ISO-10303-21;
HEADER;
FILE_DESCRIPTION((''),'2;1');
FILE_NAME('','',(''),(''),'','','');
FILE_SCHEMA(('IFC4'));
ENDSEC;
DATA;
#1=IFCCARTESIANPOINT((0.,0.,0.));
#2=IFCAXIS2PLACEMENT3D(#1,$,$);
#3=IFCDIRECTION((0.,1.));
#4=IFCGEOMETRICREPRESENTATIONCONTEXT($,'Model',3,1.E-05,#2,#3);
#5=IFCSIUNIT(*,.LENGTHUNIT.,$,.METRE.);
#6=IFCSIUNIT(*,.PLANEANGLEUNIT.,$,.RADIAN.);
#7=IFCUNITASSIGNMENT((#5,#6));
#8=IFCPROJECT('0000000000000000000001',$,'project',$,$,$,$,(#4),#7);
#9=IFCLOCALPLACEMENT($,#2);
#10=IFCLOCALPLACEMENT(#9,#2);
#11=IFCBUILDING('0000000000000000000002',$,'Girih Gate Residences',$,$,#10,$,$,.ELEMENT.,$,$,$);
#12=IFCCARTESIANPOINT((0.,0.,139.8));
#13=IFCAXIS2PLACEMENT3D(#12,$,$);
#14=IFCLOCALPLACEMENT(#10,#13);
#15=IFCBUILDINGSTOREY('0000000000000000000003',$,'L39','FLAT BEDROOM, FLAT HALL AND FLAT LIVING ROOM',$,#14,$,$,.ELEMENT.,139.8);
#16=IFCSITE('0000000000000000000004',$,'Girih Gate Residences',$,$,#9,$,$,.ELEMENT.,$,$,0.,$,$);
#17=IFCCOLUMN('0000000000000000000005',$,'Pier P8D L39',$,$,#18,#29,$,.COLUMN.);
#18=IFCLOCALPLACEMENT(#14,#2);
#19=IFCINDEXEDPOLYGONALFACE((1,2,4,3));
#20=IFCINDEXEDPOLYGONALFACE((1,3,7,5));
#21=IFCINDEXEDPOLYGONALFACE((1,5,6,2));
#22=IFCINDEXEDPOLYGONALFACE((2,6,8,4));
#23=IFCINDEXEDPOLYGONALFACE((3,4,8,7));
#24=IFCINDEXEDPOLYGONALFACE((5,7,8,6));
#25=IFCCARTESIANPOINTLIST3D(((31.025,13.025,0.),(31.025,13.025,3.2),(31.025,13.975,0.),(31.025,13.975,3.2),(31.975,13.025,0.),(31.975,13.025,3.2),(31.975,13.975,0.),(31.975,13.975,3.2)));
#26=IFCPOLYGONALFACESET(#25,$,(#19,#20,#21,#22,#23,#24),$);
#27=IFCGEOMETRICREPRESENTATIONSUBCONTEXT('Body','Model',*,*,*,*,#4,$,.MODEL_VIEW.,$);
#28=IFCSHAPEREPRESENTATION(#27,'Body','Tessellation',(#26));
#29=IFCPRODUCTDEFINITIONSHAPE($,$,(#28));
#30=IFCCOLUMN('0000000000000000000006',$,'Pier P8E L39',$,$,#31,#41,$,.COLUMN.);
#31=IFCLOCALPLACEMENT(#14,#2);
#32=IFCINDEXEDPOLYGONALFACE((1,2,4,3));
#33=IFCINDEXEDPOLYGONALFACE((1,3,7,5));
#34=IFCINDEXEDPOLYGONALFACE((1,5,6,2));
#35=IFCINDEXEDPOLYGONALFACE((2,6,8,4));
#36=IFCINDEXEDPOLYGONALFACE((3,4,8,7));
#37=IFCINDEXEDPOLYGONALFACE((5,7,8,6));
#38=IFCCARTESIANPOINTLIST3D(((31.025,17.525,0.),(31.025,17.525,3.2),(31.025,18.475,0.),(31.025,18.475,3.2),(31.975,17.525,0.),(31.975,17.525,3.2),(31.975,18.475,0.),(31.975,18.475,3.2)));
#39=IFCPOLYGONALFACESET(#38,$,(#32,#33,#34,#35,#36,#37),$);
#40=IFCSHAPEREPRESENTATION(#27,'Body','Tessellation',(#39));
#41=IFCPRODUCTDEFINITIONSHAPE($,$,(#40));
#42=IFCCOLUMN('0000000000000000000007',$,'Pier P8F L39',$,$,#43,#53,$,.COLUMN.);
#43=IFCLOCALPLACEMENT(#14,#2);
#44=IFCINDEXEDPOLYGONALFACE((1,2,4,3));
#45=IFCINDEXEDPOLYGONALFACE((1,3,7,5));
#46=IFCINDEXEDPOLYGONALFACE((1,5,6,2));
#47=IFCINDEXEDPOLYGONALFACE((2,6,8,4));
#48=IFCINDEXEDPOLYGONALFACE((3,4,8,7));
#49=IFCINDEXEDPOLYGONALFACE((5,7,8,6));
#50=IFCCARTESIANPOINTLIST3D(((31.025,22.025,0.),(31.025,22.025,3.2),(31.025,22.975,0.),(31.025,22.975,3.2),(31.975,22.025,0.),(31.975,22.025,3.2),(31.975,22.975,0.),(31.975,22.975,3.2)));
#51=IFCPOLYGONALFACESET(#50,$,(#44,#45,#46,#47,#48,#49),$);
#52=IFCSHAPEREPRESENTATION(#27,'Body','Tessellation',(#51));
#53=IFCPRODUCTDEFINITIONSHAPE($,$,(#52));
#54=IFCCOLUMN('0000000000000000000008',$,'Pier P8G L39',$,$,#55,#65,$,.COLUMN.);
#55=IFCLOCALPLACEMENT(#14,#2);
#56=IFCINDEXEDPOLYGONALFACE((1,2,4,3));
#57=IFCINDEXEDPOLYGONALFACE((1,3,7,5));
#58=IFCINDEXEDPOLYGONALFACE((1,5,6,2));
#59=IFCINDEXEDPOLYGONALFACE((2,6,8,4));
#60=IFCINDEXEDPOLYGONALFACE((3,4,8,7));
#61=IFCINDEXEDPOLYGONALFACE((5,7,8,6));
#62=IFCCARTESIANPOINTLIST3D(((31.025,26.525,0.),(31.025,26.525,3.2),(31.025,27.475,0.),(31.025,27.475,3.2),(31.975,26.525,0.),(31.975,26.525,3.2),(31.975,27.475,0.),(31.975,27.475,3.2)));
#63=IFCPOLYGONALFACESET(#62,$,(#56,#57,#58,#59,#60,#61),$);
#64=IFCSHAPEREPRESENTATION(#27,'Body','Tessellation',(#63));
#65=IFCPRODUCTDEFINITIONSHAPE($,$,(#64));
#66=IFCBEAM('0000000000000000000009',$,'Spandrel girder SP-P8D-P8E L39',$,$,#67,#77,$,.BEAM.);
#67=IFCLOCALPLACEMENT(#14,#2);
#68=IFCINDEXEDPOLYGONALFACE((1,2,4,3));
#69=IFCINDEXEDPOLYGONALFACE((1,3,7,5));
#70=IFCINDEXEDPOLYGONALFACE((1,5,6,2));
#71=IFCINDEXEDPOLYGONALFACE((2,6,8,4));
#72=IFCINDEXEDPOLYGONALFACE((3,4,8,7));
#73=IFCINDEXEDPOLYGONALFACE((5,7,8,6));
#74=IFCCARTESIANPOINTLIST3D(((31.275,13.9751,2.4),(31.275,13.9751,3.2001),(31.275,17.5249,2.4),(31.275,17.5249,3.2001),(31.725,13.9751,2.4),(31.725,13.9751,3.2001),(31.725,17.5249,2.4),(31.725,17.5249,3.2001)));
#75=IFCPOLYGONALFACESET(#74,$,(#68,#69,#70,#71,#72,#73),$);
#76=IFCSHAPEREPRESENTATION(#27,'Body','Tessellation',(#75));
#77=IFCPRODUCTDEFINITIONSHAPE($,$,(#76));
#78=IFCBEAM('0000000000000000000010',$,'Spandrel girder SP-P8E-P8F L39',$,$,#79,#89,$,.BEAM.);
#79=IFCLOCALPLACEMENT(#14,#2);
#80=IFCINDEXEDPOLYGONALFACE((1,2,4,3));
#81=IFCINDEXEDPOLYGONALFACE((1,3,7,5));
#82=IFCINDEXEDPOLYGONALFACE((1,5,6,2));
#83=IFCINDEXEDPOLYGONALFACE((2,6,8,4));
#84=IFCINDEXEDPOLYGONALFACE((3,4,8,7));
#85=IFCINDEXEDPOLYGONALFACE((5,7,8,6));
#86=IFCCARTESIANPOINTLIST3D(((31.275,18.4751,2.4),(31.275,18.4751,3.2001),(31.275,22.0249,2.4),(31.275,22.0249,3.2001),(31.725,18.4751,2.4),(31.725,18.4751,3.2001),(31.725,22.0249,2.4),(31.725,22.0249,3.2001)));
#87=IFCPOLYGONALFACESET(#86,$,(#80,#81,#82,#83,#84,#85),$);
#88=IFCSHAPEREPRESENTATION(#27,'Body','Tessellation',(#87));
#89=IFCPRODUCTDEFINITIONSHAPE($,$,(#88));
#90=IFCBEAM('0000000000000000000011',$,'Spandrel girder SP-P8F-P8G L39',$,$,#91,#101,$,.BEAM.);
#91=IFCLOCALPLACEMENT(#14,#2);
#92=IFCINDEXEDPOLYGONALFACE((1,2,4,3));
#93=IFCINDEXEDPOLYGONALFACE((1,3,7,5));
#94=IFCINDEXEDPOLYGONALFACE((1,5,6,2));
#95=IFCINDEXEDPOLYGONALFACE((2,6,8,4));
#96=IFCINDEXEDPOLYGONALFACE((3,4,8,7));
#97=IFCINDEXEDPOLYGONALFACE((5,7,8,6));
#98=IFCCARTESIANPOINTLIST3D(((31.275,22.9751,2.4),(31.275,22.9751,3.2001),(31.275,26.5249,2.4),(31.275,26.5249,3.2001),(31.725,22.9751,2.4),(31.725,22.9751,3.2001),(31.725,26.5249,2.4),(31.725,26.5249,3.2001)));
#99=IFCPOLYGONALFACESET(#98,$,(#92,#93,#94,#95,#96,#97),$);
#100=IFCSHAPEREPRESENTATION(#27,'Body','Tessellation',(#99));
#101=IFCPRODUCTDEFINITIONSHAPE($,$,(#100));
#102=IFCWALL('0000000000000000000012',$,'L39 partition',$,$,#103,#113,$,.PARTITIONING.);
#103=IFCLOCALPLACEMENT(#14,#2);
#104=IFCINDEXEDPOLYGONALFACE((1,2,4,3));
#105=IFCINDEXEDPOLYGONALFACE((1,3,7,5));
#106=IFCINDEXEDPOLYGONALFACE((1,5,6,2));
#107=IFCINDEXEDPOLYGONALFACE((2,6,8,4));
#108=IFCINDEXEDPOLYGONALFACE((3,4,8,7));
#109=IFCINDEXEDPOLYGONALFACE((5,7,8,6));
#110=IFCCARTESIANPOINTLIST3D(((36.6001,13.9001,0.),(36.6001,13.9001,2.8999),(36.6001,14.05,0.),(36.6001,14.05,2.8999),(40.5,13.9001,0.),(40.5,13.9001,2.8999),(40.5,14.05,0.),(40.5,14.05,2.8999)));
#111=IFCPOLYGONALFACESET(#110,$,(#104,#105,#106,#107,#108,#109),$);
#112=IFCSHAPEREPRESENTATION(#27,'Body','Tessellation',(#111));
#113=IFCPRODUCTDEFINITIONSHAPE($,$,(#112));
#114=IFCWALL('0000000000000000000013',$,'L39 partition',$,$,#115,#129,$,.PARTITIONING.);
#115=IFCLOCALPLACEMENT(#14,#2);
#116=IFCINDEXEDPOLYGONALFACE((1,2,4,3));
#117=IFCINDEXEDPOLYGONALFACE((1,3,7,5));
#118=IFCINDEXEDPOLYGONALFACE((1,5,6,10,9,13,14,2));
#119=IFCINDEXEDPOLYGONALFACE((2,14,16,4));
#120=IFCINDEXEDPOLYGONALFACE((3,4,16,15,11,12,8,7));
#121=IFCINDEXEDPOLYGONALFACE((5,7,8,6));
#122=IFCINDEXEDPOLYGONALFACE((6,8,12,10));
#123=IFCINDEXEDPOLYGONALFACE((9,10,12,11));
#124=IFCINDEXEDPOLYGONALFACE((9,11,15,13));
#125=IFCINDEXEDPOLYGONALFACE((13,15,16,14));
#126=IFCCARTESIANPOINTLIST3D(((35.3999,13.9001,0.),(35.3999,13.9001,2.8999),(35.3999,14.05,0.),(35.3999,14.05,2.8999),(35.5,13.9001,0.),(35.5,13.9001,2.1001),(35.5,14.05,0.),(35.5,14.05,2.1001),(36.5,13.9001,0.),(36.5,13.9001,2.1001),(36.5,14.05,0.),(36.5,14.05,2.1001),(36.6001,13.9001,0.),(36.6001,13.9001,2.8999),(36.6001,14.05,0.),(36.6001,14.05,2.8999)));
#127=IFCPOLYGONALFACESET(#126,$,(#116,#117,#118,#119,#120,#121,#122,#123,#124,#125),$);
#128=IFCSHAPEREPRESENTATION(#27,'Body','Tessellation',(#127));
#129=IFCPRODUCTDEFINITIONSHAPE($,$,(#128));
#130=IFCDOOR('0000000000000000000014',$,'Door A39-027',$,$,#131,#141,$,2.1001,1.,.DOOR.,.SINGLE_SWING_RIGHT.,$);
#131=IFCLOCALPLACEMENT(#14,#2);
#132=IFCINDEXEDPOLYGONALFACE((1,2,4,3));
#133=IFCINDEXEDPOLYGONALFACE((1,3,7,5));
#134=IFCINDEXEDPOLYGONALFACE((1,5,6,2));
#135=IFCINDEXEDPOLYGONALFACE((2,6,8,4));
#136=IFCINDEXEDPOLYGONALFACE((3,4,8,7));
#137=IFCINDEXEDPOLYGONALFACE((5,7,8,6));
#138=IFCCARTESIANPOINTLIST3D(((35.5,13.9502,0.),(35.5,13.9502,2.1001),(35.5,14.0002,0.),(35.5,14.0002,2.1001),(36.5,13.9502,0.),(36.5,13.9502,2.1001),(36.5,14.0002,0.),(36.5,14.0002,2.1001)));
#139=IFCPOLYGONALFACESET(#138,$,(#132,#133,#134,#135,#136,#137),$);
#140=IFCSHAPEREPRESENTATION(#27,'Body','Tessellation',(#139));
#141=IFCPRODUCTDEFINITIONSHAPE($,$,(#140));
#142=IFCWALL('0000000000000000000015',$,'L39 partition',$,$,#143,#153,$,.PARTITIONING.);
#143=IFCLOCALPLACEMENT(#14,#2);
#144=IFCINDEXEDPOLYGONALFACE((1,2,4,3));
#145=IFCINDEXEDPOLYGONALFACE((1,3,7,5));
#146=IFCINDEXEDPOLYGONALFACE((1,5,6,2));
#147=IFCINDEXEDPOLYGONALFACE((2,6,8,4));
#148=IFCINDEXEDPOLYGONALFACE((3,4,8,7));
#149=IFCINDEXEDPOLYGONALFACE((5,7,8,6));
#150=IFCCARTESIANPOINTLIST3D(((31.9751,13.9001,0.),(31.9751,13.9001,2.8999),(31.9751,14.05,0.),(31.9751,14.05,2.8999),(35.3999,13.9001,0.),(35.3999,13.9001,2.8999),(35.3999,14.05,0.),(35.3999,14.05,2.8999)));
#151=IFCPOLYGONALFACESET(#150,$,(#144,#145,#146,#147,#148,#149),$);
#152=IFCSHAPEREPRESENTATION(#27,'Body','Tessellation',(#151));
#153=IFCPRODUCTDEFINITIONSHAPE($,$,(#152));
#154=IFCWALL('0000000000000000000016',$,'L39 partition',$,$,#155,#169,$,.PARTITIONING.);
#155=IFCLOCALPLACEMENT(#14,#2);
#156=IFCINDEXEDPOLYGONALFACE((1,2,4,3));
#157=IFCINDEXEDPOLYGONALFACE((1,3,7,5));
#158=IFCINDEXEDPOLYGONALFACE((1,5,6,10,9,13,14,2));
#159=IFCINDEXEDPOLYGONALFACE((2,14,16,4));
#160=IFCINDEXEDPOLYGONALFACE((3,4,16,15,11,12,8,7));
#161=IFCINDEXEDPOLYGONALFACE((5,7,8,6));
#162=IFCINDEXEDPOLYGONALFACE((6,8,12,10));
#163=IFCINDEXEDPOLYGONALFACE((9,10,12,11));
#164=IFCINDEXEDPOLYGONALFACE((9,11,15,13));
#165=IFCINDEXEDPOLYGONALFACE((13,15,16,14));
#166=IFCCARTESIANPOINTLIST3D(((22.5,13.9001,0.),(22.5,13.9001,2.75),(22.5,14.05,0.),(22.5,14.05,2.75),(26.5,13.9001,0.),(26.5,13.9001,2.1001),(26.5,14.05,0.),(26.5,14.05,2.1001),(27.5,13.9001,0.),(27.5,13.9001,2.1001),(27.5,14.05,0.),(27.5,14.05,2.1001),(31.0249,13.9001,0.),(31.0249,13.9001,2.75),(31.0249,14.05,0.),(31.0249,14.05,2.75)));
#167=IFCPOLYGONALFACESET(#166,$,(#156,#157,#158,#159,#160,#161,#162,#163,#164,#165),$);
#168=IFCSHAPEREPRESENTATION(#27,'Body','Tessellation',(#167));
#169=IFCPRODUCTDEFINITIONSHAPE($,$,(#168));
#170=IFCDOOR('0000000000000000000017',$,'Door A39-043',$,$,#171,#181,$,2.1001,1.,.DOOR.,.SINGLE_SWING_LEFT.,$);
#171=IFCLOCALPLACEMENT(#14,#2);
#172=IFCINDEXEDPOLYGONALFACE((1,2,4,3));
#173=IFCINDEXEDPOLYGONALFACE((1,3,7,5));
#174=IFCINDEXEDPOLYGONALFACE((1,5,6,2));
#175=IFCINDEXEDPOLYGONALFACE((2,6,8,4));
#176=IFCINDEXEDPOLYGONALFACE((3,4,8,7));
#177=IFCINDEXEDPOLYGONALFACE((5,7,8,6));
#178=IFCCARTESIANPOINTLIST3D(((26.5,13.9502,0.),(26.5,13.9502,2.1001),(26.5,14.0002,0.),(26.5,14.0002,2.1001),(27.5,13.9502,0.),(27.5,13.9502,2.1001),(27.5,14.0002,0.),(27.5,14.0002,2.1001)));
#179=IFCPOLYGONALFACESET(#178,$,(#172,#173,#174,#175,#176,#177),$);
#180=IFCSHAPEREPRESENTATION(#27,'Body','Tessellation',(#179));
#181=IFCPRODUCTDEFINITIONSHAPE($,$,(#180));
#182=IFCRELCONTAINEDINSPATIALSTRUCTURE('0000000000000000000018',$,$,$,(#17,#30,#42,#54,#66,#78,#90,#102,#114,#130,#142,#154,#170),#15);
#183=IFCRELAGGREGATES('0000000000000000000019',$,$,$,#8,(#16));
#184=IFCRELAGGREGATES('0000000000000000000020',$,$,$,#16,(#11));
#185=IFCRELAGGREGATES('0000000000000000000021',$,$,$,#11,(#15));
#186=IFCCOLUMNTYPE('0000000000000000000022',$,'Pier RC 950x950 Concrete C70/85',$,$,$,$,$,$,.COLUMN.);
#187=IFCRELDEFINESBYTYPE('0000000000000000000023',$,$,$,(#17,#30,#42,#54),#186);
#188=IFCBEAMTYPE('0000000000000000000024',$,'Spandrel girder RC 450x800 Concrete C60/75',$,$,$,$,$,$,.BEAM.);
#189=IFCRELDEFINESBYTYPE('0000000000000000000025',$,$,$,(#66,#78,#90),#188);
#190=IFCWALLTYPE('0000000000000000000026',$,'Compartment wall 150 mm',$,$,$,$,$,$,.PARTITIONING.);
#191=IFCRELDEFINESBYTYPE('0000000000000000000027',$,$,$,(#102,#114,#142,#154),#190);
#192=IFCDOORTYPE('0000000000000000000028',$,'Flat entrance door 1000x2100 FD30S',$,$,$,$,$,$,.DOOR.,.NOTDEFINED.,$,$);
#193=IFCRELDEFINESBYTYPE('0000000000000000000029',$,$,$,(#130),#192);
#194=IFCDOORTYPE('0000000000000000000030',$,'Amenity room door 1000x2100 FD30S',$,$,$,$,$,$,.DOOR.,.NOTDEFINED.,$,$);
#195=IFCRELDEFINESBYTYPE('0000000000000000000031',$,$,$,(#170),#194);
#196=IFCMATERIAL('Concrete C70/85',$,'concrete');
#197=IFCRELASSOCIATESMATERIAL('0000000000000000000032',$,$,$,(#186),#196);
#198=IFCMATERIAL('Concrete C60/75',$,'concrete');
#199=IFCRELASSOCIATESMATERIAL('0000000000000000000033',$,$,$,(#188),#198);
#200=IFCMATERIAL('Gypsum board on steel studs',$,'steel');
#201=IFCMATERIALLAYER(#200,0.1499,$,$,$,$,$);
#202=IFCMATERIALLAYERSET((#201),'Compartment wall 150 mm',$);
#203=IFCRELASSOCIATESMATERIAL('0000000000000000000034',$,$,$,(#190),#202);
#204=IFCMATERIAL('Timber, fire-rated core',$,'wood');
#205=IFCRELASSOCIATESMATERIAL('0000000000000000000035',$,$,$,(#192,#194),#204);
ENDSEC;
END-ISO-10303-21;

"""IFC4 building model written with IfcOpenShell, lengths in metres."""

from ifc_helpers import new_model, si_unit, direction, frame, frame_2d, origin, origin_2d, place, context, subcontext, project, spatial, rectangle, extrude, material, layer, layer_set, material_profile, profile_set, type_object, element, fill, save


model = new_model("IFC4")

# Units and contexts
model_context = context("Model", 3, precision=1e-05, world=origin(), true_north=direction((0.0, 1.0)))
body_context = subcontext(model_context, "Body", "Model", "MODEL_VIEW")
ifc_project = project(units=[si_unit("LENGTHUNIT", "METRE"), si_unit("PLANEANGLEUNIT", "RADIAN")], contexts=[model_context])

# Site, building, storey
site_placement = place(None, origin())
site = spatial("IfcSite", under=ifc_project, at=site_placement, Name="Girih Gate Residences", CompositionType="ELEMENT", RefElevation=0.0)
building_placement = place(site_placement, origin())
building = spatial("IfcBuilding", under=site, at=building_placement, Name="Girih Gate Residences", CompositionType="ELEMENT")
storey_placement = place(building_placement, frame((0.0, 0.0, 139.8)))
storey = spatial("IfcBuildingStorey", under=building, at=storey_placement, Name="L39", Description="FLAT BEDROOM, FLAT HALL AND FLAT LIVING ROOM", CompositionType="ELEMENT", Elevation=139.8)

# Columns
ifc_material_1 = material(Name="Concrete C70/85", Category="concrete")
ifc_material_profile_1 = material_profile(ifc_material_1, rectangle(XDim=0.95, YDim=0.95, at=origin_2d()))
ifc_profile_set_1 = profile_set([ifc_material_profile_1], Name="Concrete C70/85")
column_type = type_object("IfcColumnType", Name="Pier RC 950x950 Concrete C70/85", PredefinedType="COLUMN", material=ifc_profile_set_1)
for number, where, z_axis, x_axis, name in (
    (1, (31.5, 13.5, 0.0), (0.0, 0.0, 1.0), (1.0, 0.0, 0.0), "Pier P8D L39"),
    (2, (31.5, 18.0, 0.0), (0.0, 0.0, 1.0), (1.0, 0.0, 0.0), "Pier P8E L39"),
    (3, (31.5, 22.5, 0.0), (0.0, 0.0, 1.0), (1.0, 0.0, 0.0), "Pier P8F L39"),
    (4, (31.5, 27.0, 0.0), (0.0, 0.0, 1.0), (1.0, 0.0, 0.0), "Pier P8G L39"),
):
    element("IfcColumn", number, at=place(storey_placement, frame(where, z_axis=z_axis, x_axis=x_axis)), inside=storey, type_object=column_type, Name=name, PredefinedType="COLUMN", context=body_context, shape_type="SweptSolid", body=[
        extrude(rectangle(XDim=0.95, YDim=0.95, at=origin_2d()), origin(), (0.0, 0.0, 1.0), 3.2),
    ])

# Beams
ifc_material_2 = material(Name="Concrete C60/75", Category="concrete")
ifc_material_profile_2 = material_profile(ifc_material_2, rectangle(XDim=0.45, YDim=0.8, at=origin_2d()))
ifc_profile_set_2 = profile_set([ifc_material_profile_2], Name="Concrete C60/75")
beam_type = type_object("IfcBeamType", Name="Spandrel girder RC 450x800 Concrete C60/75", PredefinedType="BEAM", material=ifc_profile_set_2)
for number, where, z_axis, x_axis, name in (
    (5, (31.5, 13.9751, 2.8), (0.0, 1.0, 0.0), (-1.0, 0.0, 0.0), "Spandrel girder SP-P8D-P8E L39"),
    (6, (31.5, 18.4751, 2.8), (0.0, 1.0, 0.0), (-1.0, 0.0, 0.0), "Spandrel girder SP-P8E-P8F L39"),
    (7, (31.5, 22.9751, 2.8), (0.0, 1.0, 0.0), (-1.0, 0.0, 0.0), "Spandrel girder SP-P8F-P8G L39"),
):
    element("IfcBeam", number, at=place(storey_placement, frame(where, z_axis=z_axis, x_axis=x_axis)), inside=storey, type_object=beam_type, Name=name, PredefinedType="BEAM", context=body_context, shape_type="SweptSolid", body=[
        extrude(rectangle(XDim=0.45, YDim=0.8, at=origin_2d()), origin(), (0.0, 0.0, 1.0), 3.5498),
    ])

# Wall
ifc_material_3 = material(Name="Gypsum board on steel studs", Category="steel")
ifc_layer_1 = layer(ifc_material_3, 0.1499)
ifc_layer_set_1 = layer_set([ifc_layer_1], Name="Compartment wall 150 mm")
wall_type_1 = type_object("IfcWallType", Name="Compartment wall 150 mm", PredefinedType="PARTITIONING", material=ifc_layer_set_1)
wall_1_placement = place(storey_placement, frame((36.6001, 13.9751, 0.0), z_axis=(0.0, 0.0, 1.0), x_axis=(1.0, 0.0, 0.0)))
element("IfcWall", 8, at=wall_1_placement, inside=storey, type_object=wall_type_1, Name="L39 partition", PredefinedType="PARTITIONING", context=body_context, shape_type="SweptSolid", body=[
    extrude(rectangle(XDim=3.8999, YDim=0.1499, at=frame_2d((1.95, 0.0))), origin(), (0.0, 0.0, 1.0), 2.8999),
])

# Wall, opening, door
wall_2_placement = place(storey_placement, frame((36.6001, 13.9751, 0.0), z_axis=(0.0, 0.0, 1.0), x_axis=(-1.0, 0.0, 0.0)))
wall_2 = element("IfcWall", 9, at=wall_2_placement, inside=storey, type_object=wall_type_1, Name="L39 partition", PredefinedType="PARTITIONING", context=body_context, shape_type="SweptSolid", body=[
    extrude(rectangle(XDim=1.2002, YDim=0.1499, at=frame_2d((0.6001, 0.0))), origin(), (0.0, 0.0, 1.0), 2.8999),
])
opening_1_placement = place(wall_2_placement, frame((0.1001, 0.0, 0.0)))
opening_1 = element("IfcOpeningElement", 10, at=opening_1_placement, cuts=wall_2, PredefinedType="OPENING", context=body_context, shape_type="SweptSolid", body=[
    extrude(rectangle(XDim=1.0, YDim=2.1001, at=frame_2d((0.5, 1.05))), frame((0.0, 0.085, 0.0), z_axis=(0.0, -1.0, 0.0), x_axis=(1.0, 0.0, 0.0)), (0.0, 0.0, 1.0), 0.1699),
])
ifc_material_4 = material(Name="Timber, fire-rated core", Category="wood")
door_type_1 = type_object("IfcDoorType", Name="Flat entrance door 1000x2100 FD30S", OperationType="NOTDEFINED", PredefinedType="DOOR", material=ifc_material_4)
door_1_placement = place(opening_1_placement, origin())
door_1 = element("IfcDoor", 11, at=door_1_placement, inside=storey, type_object=door_type_1, Name="Door A39-027", OperationType="SINGLE_SWING_RIGHT", OverallHeight=2.1001, OverallWidth=1.0, PredefinedType="DOOR", context=body_context, shape_type="SweptSolid", body=[
    extrude(rectangle(XDim=1.0, YDim=2.1001, at=frame_2d((0.5, 1.05))), frame((0.0, 0.0249, 0.0), z_axis=(0.0, -1.0, 0.0), x_axis=(1.0, 0.0, 0.0)), (0.0, 0.0, 1.0), 0.05),
])
fill(opening_1, door_1)

# Wall
wall_3_placement = place(storey_placement, frame((31.9751, 13.9751, 0.0), z_axis=(0.0, 0.0, 1.0), x_axis=(1.0, 0.0, 0.0)))
element("IfcWall", 12, at=wall_3_placement, inside=storey, type_object=wall_type_1, Name="L39 partition", PredefinedType="PARTITIONING", context=body_context, shape_type="SweptSolid", body=[
    extrude(rectangle(XDim=3.4248, YDim=0.1499, at=frame_2d((1.7124, 0.0))), origin(), (0.0, 0.0, 1.0), 2.8999),
])

# Wall, opening, door
wall_4_placement = place(storey_placement, frame((31.0249, 13.9751, 0.0), z_axis=(0.0, 0.0, 1.0), x_axis=(-1.0, 0.0, 0.0)))
wall_4 = element("IfcWall", 13, at=wall_4_placement, inside=storey, type_object=wall_type_1, Name="L39 partition", PredefinedType="PARTITIONING", context=body_context, shape_type="SweptSolid", body=[
    extrude(rectangle(XDim=8.5249, YDim=0.1499, at=frame_2d((4.2625, 0.0))), origin(), (0.0, 0.0, 1.0), 2.75),
])
opening_2_placement = place(wall_4_placement, frame((3.5249, 0.0, 0.0)))
opening_2 = element("IfcOpeningElement", 14, at=opening_2_placement, cuts=wall_4, PredefinedType="OPENING", context=body_context, shape_type="SweptSolid", body=[
    extrude(rectangle(XDim=1.0, YDim=2.1001, at=frame_2d((0.5, 1.05))), frame((0.0, 0.085, 0.0), z_axis=(0.0, -1.0, 0.0), x_axis=(1.0, 0.0, 0.0)), (0.0, 0.0, 1.0), 0.1699),
])
door_type_2 = type_object("IfcDoorType", Name="Amenity room door 1000x2100 FD30S", OperationType="NOTDEFINED", PredefinedType="DOOR", material=ifc_material_4)
door_2_placement = place(opening_2_placement, origin())
door_2 = element("IfcDoor", 15, at=door_2_placement, inside=storey, type_object=door_type_2, Name="Door A39-043", OperationType="SINGLE_SWING_LEFT", OverallHeight=2.1001, OverallWidth=1.0, PredefinedType="DOOR", context=body_context, shape_type="SweptSolid", body=[
    extrude(rectangle(XDim=1.0, YDim=2.1001, at=frame_2d((0.5, 1.05))), frame((0.0, 0.0249, 0.0), z_axis=(0.0, -1.0, 0.0), x_axis=(1.0, 0.0, 0.0)), (0.0, 0.0, 1.0), 0.05),
])
fill(opening_2, door_2)

save(model, "model.ifc")
